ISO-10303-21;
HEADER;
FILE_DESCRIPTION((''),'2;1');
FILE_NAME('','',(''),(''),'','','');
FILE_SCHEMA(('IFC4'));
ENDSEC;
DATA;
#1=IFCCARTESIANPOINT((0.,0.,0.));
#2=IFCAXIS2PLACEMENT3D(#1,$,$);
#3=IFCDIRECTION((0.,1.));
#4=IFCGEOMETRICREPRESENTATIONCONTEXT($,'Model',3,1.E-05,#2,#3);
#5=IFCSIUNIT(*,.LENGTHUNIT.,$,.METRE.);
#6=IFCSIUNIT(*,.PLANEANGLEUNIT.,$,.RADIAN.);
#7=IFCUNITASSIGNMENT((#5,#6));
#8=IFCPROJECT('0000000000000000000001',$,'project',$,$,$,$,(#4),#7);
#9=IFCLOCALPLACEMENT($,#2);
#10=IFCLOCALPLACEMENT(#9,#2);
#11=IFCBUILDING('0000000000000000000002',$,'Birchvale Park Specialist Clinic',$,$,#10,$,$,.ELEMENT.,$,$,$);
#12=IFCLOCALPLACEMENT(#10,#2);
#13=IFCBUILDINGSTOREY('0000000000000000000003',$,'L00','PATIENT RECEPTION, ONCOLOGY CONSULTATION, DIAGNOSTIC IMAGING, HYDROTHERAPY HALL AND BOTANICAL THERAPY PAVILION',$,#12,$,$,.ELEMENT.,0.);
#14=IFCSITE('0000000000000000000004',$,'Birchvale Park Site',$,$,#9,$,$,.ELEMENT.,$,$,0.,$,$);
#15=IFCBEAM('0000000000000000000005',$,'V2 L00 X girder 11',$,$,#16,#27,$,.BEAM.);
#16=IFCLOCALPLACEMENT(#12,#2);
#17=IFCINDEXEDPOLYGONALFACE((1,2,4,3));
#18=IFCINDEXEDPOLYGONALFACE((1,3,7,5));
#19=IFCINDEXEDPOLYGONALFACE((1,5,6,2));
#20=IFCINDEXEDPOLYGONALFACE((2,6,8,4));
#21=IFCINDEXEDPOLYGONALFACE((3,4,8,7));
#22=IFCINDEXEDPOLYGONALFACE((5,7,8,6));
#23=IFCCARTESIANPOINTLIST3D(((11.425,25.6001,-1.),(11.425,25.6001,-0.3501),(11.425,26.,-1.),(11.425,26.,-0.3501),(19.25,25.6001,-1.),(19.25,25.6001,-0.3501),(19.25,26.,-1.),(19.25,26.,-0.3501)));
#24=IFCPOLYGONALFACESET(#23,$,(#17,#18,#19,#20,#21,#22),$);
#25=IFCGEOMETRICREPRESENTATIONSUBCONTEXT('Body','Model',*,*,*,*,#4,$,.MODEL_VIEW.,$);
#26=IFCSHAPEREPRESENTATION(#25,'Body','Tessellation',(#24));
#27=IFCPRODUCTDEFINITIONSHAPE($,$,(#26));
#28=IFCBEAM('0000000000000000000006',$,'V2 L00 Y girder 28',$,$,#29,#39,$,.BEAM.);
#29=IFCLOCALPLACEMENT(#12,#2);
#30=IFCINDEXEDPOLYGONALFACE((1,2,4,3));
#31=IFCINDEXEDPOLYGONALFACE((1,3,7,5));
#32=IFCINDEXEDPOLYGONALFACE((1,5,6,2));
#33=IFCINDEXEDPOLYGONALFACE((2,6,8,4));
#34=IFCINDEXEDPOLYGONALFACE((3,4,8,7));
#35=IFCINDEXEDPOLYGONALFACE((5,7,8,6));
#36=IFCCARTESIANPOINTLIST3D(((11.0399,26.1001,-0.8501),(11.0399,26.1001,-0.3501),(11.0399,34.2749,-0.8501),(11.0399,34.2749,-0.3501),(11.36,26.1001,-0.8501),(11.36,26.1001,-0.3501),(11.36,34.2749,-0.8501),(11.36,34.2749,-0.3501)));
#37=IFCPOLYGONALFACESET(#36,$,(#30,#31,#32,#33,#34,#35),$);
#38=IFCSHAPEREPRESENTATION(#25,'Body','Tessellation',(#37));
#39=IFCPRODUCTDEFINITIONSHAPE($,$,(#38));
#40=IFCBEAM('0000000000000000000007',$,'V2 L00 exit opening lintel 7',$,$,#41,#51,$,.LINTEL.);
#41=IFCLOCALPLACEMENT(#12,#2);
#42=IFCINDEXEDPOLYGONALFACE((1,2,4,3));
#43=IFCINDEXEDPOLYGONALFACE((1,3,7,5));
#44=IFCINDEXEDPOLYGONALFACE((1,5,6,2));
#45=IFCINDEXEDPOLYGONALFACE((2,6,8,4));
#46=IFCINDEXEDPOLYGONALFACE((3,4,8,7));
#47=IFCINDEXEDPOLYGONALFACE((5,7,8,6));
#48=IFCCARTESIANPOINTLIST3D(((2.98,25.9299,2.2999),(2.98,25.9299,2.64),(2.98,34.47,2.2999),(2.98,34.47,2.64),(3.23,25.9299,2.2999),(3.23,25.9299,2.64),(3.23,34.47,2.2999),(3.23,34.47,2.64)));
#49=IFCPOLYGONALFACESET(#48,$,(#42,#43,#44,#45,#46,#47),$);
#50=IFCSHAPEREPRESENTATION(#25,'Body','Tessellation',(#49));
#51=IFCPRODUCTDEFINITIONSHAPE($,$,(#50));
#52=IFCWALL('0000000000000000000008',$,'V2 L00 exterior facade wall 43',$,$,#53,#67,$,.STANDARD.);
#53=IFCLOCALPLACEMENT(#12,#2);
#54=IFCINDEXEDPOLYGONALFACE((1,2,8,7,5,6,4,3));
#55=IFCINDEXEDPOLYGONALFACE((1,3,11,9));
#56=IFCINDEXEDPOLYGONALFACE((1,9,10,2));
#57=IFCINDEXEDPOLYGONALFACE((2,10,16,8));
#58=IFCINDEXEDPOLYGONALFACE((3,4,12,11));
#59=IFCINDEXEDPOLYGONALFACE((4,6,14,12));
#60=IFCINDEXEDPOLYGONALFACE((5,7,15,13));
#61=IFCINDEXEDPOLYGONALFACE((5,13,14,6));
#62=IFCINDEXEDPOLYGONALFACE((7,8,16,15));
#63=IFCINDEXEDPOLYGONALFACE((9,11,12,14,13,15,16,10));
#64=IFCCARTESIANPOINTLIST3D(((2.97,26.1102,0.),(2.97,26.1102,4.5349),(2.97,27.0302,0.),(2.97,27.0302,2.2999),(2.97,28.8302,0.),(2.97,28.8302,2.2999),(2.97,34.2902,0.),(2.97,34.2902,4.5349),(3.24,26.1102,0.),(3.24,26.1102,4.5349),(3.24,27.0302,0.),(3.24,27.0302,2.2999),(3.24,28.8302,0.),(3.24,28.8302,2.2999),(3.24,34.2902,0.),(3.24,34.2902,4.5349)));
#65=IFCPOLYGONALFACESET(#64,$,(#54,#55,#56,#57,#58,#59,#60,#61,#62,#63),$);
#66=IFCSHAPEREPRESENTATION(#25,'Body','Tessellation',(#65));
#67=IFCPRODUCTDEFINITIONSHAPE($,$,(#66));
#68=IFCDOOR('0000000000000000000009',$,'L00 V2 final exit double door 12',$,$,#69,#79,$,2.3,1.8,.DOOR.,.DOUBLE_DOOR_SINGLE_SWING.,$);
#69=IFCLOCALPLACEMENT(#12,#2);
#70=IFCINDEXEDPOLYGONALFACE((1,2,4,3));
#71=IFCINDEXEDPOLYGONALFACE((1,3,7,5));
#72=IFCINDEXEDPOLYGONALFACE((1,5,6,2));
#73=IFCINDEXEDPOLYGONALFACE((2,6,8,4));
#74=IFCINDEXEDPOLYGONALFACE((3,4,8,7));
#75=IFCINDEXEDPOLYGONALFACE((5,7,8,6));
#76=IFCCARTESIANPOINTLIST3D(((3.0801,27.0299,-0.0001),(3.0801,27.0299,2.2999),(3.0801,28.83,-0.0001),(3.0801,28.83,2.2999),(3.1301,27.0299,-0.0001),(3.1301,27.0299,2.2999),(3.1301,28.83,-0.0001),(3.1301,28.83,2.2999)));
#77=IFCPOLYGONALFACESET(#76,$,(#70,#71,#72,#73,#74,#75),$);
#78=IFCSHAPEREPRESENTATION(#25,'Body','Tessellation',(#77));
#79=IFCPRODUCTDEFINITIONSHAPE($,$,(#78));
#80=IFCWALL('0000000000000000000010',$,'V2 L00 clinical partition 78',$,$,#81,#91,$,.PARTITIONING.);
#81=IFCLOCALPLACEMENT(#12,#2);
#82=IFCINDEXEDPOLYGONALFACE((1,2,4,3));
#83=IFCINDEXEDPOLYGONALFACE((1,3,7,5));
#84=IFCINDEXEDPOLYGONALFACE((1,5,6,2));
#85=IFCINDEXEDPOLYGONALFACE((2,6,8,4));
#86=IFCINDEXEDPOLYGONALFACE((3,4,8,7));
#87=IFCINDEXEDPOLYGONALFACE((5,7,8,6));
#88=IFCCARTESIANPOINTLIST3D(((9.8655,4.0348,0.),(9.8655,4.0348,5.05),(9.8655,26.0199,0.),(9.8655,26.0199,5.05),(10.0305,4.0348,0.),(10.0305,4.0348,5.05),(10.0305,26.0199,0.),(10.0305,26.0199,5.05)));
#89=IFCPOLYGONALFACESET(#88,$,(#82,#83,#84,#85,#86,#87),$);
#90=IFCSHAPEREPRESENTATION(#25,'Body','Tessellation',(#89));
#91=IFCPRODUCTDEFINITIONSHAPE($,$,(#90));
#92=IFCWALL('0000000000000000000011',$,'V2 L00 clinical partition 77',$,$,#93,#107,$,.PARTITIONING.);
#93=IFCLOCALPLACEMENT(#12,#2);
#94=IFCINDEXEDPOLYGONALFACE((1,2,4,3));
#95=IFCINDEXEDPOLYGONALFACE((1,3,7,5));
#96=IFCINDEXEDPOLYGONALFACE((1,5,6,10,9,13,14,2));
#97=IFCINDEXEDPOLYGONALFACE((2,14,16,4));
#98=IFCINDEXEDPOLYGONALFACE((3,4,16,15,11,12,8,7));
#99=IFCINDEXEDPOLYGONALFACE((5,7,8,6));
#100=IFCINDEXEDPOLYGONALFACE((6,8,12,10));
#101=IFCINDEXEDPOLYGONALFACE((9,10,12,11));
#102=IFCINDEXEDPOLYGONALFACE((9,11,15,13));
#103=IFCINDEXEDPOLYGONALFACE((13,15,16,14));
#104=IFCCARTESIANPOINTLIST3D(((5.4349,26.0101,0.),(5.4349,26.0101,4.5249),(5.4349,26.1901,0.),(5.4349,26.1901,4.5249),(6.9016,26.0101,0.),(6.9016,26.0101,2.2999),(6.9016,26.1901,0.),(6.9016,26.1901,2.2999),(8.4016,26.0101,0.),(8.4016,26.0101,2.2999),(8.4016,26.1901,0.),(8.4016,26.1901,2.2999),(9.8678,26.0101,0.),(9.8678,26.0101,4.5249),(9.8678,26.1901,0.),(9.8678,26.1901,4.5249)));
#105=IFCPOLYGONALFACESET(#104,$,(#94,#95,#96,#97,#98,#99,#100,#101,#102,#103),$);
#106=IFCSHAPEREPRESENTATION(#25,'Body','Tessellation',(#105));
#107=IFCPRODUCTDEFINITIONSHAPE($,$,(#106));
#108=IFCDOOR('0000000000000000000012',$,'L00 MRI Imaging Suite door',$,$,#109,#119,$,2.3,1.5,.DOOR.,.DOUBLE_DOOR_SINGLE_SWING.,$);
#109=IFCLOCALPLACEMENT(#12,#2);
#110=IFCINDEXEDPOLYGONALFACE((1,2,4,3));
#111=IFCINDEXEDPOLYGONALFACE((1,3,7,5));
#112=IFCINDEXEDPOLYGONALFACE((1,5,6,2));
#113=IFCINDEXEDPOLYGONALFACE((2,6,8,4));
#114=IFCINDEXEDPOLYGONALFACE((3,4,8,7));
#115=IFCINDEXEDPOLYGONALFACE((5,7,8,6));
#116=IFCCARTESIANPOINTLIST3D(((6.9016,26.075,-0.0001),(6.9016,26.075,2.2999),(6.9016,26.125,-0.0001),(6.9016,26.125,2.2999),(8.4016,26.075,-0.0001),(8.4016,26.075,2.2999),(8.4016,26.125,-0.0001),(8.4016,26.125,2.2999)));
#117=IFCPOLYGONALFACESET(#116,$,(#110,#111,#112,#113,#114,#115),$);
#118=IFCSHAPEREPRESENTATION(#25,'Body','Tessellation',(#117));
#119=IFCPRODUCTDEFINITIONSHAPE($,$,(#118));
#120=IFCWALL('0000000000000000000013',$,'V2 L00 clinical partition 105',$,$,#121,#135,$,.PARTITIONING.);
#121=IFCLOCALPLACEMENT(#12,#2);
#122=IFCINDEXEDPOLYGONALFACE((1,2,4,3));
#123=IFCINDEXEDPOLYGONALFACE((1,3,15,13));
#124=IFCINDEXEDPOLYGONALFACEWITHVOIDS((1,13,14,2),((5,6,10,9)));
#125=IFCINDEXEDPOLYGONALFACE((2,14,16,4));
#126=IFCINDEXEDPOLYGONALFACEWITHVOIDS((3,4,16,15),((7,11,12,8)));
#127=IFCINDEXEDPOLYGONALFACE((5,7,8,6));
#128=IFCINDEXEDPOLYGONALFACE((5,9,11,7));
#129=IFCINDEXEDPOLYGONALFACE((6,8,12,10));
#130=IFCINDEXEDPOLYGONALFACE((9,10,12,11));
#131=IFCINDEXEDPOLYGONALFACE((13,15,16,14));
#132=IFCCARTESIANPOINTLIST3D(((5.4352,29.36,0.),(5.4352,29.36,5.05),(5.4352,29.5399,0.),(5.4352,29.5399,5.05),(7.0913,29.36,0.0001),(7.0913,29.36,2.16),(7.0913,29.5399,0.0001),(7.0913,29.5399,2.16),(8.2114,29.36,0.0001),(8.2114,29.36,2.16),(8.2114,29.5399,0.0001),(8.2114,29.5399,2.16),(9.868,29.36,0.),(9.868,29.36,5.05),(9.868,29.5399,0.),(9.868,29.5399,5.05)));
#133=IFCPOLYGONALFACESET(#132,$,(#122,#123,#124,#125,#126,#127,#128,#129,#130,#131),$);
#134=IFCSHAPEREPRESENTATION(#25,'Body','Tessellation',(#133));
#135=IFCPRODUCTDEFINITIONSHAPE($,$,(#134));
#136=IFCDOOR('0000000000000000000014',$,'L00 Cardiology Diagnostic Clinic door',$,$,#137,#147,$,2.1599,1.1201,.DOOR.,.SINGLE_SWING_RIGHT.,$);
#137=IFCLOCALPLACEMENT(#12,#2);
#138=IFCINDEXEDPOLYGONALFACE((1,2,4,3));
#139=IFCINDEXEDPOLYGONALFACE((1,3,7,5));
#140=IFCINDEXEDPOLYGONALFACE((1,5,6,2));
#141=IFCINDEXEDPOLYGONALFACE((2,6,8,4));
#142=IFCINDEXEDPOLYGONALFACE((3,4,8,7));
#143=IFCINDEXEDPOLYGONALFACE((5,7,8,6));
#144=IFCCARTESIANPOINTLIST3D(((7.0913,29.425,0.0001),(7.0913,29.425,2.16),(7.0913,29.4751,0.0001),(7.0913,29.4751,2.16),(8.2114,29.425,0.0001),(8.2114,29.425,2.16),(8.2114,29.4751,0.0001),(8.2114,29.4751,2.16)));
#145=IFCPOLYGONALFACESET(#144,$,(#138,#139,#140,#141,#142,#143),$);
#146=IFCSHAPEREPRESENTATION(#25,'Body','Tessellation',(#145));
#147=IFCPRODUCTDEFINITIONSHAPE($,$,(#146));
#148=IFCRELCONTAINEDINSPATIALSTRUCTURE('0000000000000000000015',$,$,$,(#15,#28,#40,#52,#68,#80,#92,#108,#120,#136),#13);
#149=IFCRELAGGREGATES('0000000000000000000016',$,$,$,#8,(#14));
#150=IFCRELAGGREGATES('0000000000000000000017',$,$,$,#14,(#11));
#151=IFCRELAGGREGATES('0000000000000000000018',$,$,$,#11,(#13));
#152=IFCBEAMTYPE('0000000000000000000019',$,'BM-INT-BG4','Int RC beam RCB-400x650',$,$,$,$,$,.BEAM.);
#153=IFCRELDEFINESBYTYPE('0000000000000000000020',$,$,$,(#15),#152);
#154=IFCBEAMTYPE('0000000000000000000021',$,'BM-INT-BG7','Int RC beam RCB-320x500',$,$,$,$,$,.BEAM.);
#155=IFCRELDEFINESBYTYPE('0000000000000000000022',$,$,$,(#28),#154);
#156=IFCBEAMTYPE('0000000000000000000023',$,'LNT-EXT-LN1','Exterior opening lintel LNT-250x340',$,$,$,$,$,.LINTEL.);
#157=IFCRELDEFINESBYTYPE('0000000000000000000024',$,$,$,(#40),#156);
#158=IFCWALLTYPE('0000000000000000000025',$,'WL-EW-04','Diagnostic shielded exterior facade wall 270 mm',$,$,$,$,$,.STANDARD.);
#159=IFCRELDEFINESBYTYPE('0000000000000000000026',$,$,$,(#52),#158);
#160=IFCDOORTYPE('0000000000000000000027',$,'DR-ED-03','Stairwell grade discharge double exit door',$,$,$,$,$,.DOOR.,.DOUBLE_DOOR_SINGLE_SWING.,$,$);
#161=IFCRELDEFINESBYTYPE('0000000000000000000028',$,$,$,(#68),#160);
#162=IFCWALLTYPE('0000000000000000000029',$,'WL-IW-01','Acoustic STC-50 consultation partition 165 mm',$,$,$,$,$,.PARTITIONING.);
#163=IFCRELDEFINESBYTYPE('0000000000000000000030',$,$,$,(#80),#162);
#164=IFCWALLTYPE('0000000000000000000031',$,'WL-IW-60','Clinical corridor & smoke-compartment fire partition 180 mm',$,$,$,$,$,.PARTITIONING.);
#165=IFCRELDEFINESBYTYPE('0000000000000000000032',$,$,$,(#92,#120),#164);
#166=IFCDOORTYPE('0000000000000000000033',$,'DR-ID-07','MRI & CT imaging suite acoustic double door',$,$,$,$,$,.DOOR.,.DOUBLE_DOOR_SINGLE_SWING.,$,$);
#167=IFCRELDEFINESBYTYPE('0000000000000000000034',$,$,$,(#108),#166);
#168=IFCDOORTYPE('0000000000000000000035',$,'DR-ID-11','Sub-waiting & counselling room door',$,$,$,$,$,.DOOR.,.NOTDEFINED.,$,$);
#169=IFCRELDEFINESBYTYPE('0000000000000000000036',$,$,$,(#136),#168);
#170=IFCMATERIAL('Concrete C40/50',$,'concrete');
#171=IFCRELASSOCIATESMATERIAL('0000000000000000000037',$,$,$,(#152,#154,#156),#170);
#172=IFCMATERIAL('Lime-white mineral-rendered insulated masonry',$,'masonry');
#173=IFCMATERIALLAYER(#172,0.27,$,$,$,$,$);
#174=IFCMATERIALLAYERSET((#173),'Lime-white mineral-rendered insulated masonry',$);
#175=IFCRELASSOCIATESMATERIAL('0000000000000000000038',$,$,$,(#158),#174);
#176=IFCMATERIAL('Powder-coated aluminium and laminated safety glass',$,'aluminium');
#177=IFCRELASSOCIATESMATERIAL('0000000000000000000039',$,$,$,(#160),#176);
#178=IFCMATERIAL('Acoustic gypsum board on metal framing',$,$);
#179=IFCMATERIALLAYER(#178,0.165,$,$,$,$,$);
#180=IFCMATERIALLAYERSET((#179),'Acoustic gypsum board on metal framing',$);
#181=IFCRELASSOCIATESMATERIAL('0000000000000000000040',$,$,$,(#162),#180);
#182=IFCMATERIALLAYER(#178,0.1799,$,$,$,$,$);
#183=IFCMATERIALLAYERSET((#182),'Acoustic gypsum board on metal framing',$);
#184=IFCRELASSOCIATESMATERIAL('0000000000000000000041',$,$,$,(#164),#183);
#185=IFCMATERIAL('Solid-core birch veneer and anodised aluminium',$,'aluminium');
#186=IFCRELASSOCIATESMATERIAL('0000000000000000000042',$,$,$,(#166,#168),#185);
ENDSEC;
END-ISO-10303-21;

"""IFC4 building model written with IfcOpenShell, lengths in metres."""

from ifc_helpers import new_model, si_unit, direction, frame, frame_2d, origin, origin_2d, place, context, subcontext, project, spatial, rectangle, extrude, material, layer, layer_set, material_profile, profile_set, type_object, element, fill, save


model = new_model("IFC4")

# Units and contexts
model_context = context("Model", 3, precision=1e-05, world=origin(), true_north=direction((0.0, 1.0)))
body_context = subcontext(model_context, "Body", "Model", "MODEL_VIEW")
ifc_project = project(units=[si_unit("LENGTHUNIT", "METRE"), si_unit("PLANEANGLEUNIT", "RADIAN")], contexts=[model_context])

# Site, building, storey
site_placement = place(None, origin())
site = spatial("IfcSite", under=ifc_project, at=site_placement, Name="Birchvale Park Site", CompositionType="ELEMENT", RefElevation=0.0)
building_placement = place(site_placement, origin())
building = spatial("IfcBuilding", under=site, at=building_placement, Name="Birchvale Park Specialist Clinic", CompositionType="ELEMENT")
storey_placement = place(building_placement, origin())
storey = spatial("IfcBuildingStorey", under=building, at=storey_placement, Name="L00", Description="PATIENT RECEPTION, ONCOLOGY CONSULTATION, DIAGNOSTIC IMAGING, HYDROTHERAPY HALL AND BOTANICAL THERAPY PAVILION", CompositionType="ELEMENT", Elevation=0.0)

# Shared definitions
ifc_material_1 = material(Name="Concrete C40/50", Category="concrete")

# Beams
ifc_material_profile_1 = material_profile(ifc_material_1, rectangle(XDim=0.3999, YDim=0.6499, at=origin_2d()), Name="RCB-400x650")
ifc_profile_set_1 = profile_set([ifc_material_profile_1], Name="Concrete C40/50")
beam_type_1 = type_object("IfcBeamType", Name="BM-INT-BG4", Description="Int RC beam RCB-400x650", PredefinedType="BEAM", material=ifc_profile_set_1)
beam_1_placement = place(storey_placement, frame((11.425, 25.8, -0.675), z_axis=(1.0, 0.0, 0.0), x_axis=(0.0, 1.0, 0.0)))
element("IfcBeam", 1, at=beam_1_placement, inside=storey, type_object=beam_type_1, Name="V2 L00 X girder 11", PredefinedType="BEAM", context=body_context, shape_type="SweptSolid", body=[
    extrude(rectangle(XDim=0.3999, YDim=0.6499, at=origin_2d()), origin(), (0.0, 0.0, 1.0), 7.825),
])
ifc_material_profile_2 = material_profile(ifc_material_1, rectangle(XDim=0.3201, YDim=0.5, at=origin_2d()), Name="RCB-320x500")
ifc_profile_set_2 = profile_set([ifc_material_profile_2], Name="Concrete C40/50")
beam_type_2 = type_object("IfcBeamType", Name="BM-INT-BG7", Description="Int RC beam RCB-320x500", PredefinedType="BEAM", material=ifc_profile_set_2)
beam_2_placement = place(storey_placement, frame((11.2, 26.1001, -0.6001), z_axis=(0.0, 1.0, 0.0), x_axis=(-1.0, 0.0, 0.0)))
element("IfcBeam", 2, at=beam_2_placement, inside=storey, type_object=beam_type_2, Name="V2 L00 Y girder 28", PredefinedType="BEAM", context=body_context, shape_type="SweptSolid", body=[
    extrude(rectangle(XDim=0.3201, YDim=0.5, at=origin_2d()), origin(), (0.0, 0.0, 1.0), 8.1748),
])
ifc_material_profile_3 = material_profile(ifc_material_1, rectangle(XDim=0.25, YDim=0.3401, at=origin_2d()), Name="LNT-250x340")
ifc_profile_set_3 = profile_set([ifc_material_profile_3], Name="Concrete C40/50")
beam_type_3 = type_object("IfcBeamType", Name="LNT-EXT-LN1", Description="Exterior opening lintel LNT-250x340", PredefinedType="LINTEL", material=ifc_profile_set_3)
beam_3_placement = place(storey_placement, frame((3.105, 34.47, 2.47), z_axis=(0.0, -1.0, 0.0), x_axis=(1.0, 0.0, 0.0)))
element("IfcBeam", 3, at=beam_3_placement, inside=storey, type_object=beam_type_3, Name="V2 L00 exit opening lintel 7", PredefinedType="LINTEL", context=body_context, shape_type="SweptSolid", body=[
    extrude(rectangle(XDim=0.25, YDim=0.3401, at=origin_2d()), origin(), (0.0, 0.0, 1.0), 8.54),
])

# Wall, opening, door
ifc_material_2 = material(Name="Lime-white mineral-rendered insulated masonry", Category="masonry")
ifc_layer_1 = layer(ifc_material_2, 0.27)
ifc_layer_set_1 = layer_set([ifc_layer_1], Name="Lime-white mineral-rendered insulated masonry")
wall_type_1 = type_object("IfcWallType", Name="WL-EW-04", Description="Diagnostic shielded exterior facade wall 270 mm", PredefinedType="STANDARD", material=ifc_layer_set_1)
wall_1_placement = place(storey_placement, frame((3.105, 34.29, 0.0), z_axis=(0.0, 0.0, 1.0), x_axis=(0.0, -1.0, 0.0)))
wall_1 = element("IfcWall", 4, at=wall_1_placement, inside=storey, type_object=wall_type_1, Name="V2 L00 exterior facade wall 43", PredefinedType="STANDARD", context=body_context, shape_type="SweptSolid", body=[
    extrude(rectangle(XDim=8.1799, YDim=0.27, at=frame_2d((4.0898, 0.0))), origin(), (0.0, 0.0, 1.0), 4.5349),
])
opening_1_placement = place(wall_1_placement, frame((5.46, 0.0, 0.0)))
opening_1 = element("IfcOpeningElement", 5, at=opening_1_placement, cuts=wall_1, PredefinedType="OPENING", context=body_context, shape_type="SweptSolid", body=[
    extrude(rectangle(XDim=1.8, YDim=2.3, at=frame_2d((0.8999, 1.1499))), frame((0.0, 0.145, 0.0), z_axis=(0.0, -1.0, 0.0), x_axis=(1.0, 0.0, 0.0)), (0.0, 0.0, 1.0), 0.29),
])
ifc_material_3 = material(Name="Powder-coated aluminium and laminated safety glass", Category="aluminium")
door_type_1 = type_object("IfcDoorType", Name="DR-ED-03", Description="Stairwell grade discharge double exit door", OperationType="DOUBLE_DOOR_SINGLE_SWING", PredefinedType="DOOR", material=ifc_material_3)
door_1_placement = place(opening_1_placement, frame((1.8, 0.0, 0.0), z_axis=(0.0, 0.0, 1.0), x_axis=(-1.0, 0.0, 0.0)))
door_1 = element("IfcDoor", 6, at=door_1_placement, inside=storey, type_object=door_type_1, Name="L00 V2 final exit double door 12", OperationType="DOUBLE_DOOR_SINGLE_SWING", OverallHeight=2.3, OverallWidth=1.8, PredefinedType="DOOR", context=body_context, shape_type="SweptSolid", body=[
    extrude(rectangle(XDim=1.8, YDim=2.3, at=frame_2d((0.8999, 1.1499))), frame((0.0, 0.0249, 0.0), z_axis=(0.0, -1.0, 0.0), x_axis=(1.0, 0.0, 0.0)), (0.0, 0.0, 1.0), 0.05),
])
fill(opening_1, door_1)

# Wall
ifc_material_4 = material(Name="Acoustic gypsum board on metal framing")
ifc_layer_2 = layer(ifc_material_4, 0.165)
ifc_layer_set_2 = layer_set([ifc_layer_2], Name="Acoustic gypsum board on metal framing")
wall_type_2 = type_object("IfcWallType", Name="WL-IW-01", Description="Acoustic STC-50 consultation partition 165 mm", PredefinedType="PARTITIONING", material=ifc_layer_set_2)
wall_2_placement = place(storey_placement, frame((9.948, 26.02, 0.0), z_axis=(0.0, 0.0, 1.0), x_axis=(0.0, -1.0, 0.0)))
element("IfcWall", 7, at=wall_2_placement, inside=storey, type_object=wall_type_2, Name="V2 L00 clinical partition 78", PredefinedType="PARTITIONING", context=body_context, shape_type="SweptSolid", body=[
    extrude(rectangle(XDim=21.9851, YDim=0.165, at=frame_2d((10.9927, 0.0))), origin(), (0.0, 0.0, 1.0), 5.05),
])

# Walls, openings, doors
ifc_layer_3 = layer(ifc_material_4, 0.1799)
ifc_layer_set_3 = layer_set([ifc_layer_3], Name="Acoustic gypsum board on metal framing")
wall_type_3 = type_object("IfcWallType", Name="WL-IW-60", Description="Clinical corridor & smoke-compartment fire partition 180 mm", PredefinedType="PARTITIONING", material=ifc_layer_set_3)
wall_3_placement = place(storey_placement, frame((5.4351, 26.1001, 0.0), z_axis=(0.0, 0.0, 1.0), x_axis=(1.0, 0.0, 0.0)))
wall_3 = element("IfcWall", 8, at=wall_3_placement, inside=storey, type_object=wall_type_3, Name="V2 L00 clinical partition 77", PredefinedType="PARTITIONING", context=body_context, shape_type="SweptSolid", body=[
    extrude(rectangle(XDim=4.4329, YDim=0.1799, at=frame_2d((2.2163, 0.0))), origin(), (0.0, 0.0, 1.0), 4.5249),
])
opening_2_placement = place(wall_3_placement, frame((1.4666, 0.0, 0.0)))
opening_2 = element("IfcOpeningElement", 9, at=opening_2_placement, cuts=wall_3, PredefinedType="OPENING", context=body_context, shape_type="SweptSolid", body=[
    extrude(rectangle(XDim=1.5, YDim=2.3, at=frame_2d((0.75, 1.1499))), frame((0.0, 0.1001, 0.0), z_axis=(0.0, -1.0, 0.0), x_axis=(1.0, 0.0, 0.0)), (0.0, 0.0, 1.0), 0.2),
])
ifc_material_5 = material(Name="Solid-core birch veneer and anodised aluminium", Category="aluminium")
door_type_2 = type_object("IfcDoorType", Name="DR-ID-07", Description="MRI & CT imaging suite acoustic double door", OperationType="DOUBLE_DOOR_SINGLE_SWING", PredefinedType="DOOR", material=ifc_material_5)
door_2_placement = place(opening_2_placement, origin())
door_2 = element("IfcDoor", 10, at=door_2_placement, inside=storey, type_object=door_type_2, Name="L00 MRI Imaging Suite door", OperationType="DOUBLE_DOOR_SINGLE_SWING", OverallHeight=2.3, OverallWidth=1.5, PredefinedType="DOOR", context=body_context, shape_type="SweptSolid", body=[
    extrude(rectangle(XDim=1.5, YDim=2.3, at=frame_2d((0.75, 1.1499))), frame((0.0, 0.0249, 0.0), z_axis=(0.0, -1.0, 0.0), x_axis=(1.0, 0.0, 0.0)), (0.0, 0.0, 1.0), 0.05),
])
fill(opening_2, door_2)
wall_4_placement = place(storey_placement, frame((9.8679, 29.45, 0.0), z_axis=(0.0, 0.0, 1.0), x_axis=(-1.0, 0.0, 0.0)))
wall_4 = element("IfcWall", 11, at=wall_4_placement, inside=storey, type_object=wall_type_3, Name="V2 L00 clinical partition 105", PredefinedType="PARTITIONING", context=body_context, shape_type="SweptSolid", body=[
    extrude(rectangle(XDim=4.4329, YDim=0.1799, at=frame_2d((2.2163, 0.0))), origin(), (0.0, 0.0, 1.0), 5.05),
])
opening_3_placement = place(wall_4_placement, frame((1.6565, 0.0, 0.0)))
opening_3 = element("IfcOpeningElement", 12, at=opening_3_placement, cuts=wall_4, PredefinedType="OPENING", context=body_context, shape_type="SweptSolid", body=[
    extrude(rectangle(XDim=1.1201, YDim=2.1599, at=frame_2d((0.5601, 1.0801))), frame((0.0, 0.1001, 0.0), z_axis=(0.0, -1.0, 0.0), x_axis=(1.0, 0.0, 0.0)), (0.0, 0.0, 1.0), 0.2),
])
door_type_3 = type_object("IfcDoorType", Name="DR-ID-11", Description="Sub-waiting & counselling room door", OperationType="NOTDEFINED", PredefinedType="DOOR", material=ifc_material_5)
door_3_placement = place(opening_3_placement, origin())
door_3 = element("IfcDoor", 13, at=door_3_placement, inside=storey, type_object=door_type_3, Name="L00 Cardiology Diagnostic Clinic door", OperationType="SINGLE_SWING_RIGHT", OverallHeight=2.1599, OverallWidth=1.1201, PredefinedType="DOOR", context=body_context, shape_type="SweptSolid", body=[
    extrude(rectangle(XDim=1.1201, YDim=2.1599, at=frame_2d((0.5601, 1.0801))), frame((0.0, 0.0249, 0.0), z_axis=(0.0, -1.0, 0.0), x_axis=(1.0, 0.0, 0.0)), (0.0, 0.0, 1.0), 0.05),
])
fill(opening_3, door_3)

save(model, "model.ifc")
